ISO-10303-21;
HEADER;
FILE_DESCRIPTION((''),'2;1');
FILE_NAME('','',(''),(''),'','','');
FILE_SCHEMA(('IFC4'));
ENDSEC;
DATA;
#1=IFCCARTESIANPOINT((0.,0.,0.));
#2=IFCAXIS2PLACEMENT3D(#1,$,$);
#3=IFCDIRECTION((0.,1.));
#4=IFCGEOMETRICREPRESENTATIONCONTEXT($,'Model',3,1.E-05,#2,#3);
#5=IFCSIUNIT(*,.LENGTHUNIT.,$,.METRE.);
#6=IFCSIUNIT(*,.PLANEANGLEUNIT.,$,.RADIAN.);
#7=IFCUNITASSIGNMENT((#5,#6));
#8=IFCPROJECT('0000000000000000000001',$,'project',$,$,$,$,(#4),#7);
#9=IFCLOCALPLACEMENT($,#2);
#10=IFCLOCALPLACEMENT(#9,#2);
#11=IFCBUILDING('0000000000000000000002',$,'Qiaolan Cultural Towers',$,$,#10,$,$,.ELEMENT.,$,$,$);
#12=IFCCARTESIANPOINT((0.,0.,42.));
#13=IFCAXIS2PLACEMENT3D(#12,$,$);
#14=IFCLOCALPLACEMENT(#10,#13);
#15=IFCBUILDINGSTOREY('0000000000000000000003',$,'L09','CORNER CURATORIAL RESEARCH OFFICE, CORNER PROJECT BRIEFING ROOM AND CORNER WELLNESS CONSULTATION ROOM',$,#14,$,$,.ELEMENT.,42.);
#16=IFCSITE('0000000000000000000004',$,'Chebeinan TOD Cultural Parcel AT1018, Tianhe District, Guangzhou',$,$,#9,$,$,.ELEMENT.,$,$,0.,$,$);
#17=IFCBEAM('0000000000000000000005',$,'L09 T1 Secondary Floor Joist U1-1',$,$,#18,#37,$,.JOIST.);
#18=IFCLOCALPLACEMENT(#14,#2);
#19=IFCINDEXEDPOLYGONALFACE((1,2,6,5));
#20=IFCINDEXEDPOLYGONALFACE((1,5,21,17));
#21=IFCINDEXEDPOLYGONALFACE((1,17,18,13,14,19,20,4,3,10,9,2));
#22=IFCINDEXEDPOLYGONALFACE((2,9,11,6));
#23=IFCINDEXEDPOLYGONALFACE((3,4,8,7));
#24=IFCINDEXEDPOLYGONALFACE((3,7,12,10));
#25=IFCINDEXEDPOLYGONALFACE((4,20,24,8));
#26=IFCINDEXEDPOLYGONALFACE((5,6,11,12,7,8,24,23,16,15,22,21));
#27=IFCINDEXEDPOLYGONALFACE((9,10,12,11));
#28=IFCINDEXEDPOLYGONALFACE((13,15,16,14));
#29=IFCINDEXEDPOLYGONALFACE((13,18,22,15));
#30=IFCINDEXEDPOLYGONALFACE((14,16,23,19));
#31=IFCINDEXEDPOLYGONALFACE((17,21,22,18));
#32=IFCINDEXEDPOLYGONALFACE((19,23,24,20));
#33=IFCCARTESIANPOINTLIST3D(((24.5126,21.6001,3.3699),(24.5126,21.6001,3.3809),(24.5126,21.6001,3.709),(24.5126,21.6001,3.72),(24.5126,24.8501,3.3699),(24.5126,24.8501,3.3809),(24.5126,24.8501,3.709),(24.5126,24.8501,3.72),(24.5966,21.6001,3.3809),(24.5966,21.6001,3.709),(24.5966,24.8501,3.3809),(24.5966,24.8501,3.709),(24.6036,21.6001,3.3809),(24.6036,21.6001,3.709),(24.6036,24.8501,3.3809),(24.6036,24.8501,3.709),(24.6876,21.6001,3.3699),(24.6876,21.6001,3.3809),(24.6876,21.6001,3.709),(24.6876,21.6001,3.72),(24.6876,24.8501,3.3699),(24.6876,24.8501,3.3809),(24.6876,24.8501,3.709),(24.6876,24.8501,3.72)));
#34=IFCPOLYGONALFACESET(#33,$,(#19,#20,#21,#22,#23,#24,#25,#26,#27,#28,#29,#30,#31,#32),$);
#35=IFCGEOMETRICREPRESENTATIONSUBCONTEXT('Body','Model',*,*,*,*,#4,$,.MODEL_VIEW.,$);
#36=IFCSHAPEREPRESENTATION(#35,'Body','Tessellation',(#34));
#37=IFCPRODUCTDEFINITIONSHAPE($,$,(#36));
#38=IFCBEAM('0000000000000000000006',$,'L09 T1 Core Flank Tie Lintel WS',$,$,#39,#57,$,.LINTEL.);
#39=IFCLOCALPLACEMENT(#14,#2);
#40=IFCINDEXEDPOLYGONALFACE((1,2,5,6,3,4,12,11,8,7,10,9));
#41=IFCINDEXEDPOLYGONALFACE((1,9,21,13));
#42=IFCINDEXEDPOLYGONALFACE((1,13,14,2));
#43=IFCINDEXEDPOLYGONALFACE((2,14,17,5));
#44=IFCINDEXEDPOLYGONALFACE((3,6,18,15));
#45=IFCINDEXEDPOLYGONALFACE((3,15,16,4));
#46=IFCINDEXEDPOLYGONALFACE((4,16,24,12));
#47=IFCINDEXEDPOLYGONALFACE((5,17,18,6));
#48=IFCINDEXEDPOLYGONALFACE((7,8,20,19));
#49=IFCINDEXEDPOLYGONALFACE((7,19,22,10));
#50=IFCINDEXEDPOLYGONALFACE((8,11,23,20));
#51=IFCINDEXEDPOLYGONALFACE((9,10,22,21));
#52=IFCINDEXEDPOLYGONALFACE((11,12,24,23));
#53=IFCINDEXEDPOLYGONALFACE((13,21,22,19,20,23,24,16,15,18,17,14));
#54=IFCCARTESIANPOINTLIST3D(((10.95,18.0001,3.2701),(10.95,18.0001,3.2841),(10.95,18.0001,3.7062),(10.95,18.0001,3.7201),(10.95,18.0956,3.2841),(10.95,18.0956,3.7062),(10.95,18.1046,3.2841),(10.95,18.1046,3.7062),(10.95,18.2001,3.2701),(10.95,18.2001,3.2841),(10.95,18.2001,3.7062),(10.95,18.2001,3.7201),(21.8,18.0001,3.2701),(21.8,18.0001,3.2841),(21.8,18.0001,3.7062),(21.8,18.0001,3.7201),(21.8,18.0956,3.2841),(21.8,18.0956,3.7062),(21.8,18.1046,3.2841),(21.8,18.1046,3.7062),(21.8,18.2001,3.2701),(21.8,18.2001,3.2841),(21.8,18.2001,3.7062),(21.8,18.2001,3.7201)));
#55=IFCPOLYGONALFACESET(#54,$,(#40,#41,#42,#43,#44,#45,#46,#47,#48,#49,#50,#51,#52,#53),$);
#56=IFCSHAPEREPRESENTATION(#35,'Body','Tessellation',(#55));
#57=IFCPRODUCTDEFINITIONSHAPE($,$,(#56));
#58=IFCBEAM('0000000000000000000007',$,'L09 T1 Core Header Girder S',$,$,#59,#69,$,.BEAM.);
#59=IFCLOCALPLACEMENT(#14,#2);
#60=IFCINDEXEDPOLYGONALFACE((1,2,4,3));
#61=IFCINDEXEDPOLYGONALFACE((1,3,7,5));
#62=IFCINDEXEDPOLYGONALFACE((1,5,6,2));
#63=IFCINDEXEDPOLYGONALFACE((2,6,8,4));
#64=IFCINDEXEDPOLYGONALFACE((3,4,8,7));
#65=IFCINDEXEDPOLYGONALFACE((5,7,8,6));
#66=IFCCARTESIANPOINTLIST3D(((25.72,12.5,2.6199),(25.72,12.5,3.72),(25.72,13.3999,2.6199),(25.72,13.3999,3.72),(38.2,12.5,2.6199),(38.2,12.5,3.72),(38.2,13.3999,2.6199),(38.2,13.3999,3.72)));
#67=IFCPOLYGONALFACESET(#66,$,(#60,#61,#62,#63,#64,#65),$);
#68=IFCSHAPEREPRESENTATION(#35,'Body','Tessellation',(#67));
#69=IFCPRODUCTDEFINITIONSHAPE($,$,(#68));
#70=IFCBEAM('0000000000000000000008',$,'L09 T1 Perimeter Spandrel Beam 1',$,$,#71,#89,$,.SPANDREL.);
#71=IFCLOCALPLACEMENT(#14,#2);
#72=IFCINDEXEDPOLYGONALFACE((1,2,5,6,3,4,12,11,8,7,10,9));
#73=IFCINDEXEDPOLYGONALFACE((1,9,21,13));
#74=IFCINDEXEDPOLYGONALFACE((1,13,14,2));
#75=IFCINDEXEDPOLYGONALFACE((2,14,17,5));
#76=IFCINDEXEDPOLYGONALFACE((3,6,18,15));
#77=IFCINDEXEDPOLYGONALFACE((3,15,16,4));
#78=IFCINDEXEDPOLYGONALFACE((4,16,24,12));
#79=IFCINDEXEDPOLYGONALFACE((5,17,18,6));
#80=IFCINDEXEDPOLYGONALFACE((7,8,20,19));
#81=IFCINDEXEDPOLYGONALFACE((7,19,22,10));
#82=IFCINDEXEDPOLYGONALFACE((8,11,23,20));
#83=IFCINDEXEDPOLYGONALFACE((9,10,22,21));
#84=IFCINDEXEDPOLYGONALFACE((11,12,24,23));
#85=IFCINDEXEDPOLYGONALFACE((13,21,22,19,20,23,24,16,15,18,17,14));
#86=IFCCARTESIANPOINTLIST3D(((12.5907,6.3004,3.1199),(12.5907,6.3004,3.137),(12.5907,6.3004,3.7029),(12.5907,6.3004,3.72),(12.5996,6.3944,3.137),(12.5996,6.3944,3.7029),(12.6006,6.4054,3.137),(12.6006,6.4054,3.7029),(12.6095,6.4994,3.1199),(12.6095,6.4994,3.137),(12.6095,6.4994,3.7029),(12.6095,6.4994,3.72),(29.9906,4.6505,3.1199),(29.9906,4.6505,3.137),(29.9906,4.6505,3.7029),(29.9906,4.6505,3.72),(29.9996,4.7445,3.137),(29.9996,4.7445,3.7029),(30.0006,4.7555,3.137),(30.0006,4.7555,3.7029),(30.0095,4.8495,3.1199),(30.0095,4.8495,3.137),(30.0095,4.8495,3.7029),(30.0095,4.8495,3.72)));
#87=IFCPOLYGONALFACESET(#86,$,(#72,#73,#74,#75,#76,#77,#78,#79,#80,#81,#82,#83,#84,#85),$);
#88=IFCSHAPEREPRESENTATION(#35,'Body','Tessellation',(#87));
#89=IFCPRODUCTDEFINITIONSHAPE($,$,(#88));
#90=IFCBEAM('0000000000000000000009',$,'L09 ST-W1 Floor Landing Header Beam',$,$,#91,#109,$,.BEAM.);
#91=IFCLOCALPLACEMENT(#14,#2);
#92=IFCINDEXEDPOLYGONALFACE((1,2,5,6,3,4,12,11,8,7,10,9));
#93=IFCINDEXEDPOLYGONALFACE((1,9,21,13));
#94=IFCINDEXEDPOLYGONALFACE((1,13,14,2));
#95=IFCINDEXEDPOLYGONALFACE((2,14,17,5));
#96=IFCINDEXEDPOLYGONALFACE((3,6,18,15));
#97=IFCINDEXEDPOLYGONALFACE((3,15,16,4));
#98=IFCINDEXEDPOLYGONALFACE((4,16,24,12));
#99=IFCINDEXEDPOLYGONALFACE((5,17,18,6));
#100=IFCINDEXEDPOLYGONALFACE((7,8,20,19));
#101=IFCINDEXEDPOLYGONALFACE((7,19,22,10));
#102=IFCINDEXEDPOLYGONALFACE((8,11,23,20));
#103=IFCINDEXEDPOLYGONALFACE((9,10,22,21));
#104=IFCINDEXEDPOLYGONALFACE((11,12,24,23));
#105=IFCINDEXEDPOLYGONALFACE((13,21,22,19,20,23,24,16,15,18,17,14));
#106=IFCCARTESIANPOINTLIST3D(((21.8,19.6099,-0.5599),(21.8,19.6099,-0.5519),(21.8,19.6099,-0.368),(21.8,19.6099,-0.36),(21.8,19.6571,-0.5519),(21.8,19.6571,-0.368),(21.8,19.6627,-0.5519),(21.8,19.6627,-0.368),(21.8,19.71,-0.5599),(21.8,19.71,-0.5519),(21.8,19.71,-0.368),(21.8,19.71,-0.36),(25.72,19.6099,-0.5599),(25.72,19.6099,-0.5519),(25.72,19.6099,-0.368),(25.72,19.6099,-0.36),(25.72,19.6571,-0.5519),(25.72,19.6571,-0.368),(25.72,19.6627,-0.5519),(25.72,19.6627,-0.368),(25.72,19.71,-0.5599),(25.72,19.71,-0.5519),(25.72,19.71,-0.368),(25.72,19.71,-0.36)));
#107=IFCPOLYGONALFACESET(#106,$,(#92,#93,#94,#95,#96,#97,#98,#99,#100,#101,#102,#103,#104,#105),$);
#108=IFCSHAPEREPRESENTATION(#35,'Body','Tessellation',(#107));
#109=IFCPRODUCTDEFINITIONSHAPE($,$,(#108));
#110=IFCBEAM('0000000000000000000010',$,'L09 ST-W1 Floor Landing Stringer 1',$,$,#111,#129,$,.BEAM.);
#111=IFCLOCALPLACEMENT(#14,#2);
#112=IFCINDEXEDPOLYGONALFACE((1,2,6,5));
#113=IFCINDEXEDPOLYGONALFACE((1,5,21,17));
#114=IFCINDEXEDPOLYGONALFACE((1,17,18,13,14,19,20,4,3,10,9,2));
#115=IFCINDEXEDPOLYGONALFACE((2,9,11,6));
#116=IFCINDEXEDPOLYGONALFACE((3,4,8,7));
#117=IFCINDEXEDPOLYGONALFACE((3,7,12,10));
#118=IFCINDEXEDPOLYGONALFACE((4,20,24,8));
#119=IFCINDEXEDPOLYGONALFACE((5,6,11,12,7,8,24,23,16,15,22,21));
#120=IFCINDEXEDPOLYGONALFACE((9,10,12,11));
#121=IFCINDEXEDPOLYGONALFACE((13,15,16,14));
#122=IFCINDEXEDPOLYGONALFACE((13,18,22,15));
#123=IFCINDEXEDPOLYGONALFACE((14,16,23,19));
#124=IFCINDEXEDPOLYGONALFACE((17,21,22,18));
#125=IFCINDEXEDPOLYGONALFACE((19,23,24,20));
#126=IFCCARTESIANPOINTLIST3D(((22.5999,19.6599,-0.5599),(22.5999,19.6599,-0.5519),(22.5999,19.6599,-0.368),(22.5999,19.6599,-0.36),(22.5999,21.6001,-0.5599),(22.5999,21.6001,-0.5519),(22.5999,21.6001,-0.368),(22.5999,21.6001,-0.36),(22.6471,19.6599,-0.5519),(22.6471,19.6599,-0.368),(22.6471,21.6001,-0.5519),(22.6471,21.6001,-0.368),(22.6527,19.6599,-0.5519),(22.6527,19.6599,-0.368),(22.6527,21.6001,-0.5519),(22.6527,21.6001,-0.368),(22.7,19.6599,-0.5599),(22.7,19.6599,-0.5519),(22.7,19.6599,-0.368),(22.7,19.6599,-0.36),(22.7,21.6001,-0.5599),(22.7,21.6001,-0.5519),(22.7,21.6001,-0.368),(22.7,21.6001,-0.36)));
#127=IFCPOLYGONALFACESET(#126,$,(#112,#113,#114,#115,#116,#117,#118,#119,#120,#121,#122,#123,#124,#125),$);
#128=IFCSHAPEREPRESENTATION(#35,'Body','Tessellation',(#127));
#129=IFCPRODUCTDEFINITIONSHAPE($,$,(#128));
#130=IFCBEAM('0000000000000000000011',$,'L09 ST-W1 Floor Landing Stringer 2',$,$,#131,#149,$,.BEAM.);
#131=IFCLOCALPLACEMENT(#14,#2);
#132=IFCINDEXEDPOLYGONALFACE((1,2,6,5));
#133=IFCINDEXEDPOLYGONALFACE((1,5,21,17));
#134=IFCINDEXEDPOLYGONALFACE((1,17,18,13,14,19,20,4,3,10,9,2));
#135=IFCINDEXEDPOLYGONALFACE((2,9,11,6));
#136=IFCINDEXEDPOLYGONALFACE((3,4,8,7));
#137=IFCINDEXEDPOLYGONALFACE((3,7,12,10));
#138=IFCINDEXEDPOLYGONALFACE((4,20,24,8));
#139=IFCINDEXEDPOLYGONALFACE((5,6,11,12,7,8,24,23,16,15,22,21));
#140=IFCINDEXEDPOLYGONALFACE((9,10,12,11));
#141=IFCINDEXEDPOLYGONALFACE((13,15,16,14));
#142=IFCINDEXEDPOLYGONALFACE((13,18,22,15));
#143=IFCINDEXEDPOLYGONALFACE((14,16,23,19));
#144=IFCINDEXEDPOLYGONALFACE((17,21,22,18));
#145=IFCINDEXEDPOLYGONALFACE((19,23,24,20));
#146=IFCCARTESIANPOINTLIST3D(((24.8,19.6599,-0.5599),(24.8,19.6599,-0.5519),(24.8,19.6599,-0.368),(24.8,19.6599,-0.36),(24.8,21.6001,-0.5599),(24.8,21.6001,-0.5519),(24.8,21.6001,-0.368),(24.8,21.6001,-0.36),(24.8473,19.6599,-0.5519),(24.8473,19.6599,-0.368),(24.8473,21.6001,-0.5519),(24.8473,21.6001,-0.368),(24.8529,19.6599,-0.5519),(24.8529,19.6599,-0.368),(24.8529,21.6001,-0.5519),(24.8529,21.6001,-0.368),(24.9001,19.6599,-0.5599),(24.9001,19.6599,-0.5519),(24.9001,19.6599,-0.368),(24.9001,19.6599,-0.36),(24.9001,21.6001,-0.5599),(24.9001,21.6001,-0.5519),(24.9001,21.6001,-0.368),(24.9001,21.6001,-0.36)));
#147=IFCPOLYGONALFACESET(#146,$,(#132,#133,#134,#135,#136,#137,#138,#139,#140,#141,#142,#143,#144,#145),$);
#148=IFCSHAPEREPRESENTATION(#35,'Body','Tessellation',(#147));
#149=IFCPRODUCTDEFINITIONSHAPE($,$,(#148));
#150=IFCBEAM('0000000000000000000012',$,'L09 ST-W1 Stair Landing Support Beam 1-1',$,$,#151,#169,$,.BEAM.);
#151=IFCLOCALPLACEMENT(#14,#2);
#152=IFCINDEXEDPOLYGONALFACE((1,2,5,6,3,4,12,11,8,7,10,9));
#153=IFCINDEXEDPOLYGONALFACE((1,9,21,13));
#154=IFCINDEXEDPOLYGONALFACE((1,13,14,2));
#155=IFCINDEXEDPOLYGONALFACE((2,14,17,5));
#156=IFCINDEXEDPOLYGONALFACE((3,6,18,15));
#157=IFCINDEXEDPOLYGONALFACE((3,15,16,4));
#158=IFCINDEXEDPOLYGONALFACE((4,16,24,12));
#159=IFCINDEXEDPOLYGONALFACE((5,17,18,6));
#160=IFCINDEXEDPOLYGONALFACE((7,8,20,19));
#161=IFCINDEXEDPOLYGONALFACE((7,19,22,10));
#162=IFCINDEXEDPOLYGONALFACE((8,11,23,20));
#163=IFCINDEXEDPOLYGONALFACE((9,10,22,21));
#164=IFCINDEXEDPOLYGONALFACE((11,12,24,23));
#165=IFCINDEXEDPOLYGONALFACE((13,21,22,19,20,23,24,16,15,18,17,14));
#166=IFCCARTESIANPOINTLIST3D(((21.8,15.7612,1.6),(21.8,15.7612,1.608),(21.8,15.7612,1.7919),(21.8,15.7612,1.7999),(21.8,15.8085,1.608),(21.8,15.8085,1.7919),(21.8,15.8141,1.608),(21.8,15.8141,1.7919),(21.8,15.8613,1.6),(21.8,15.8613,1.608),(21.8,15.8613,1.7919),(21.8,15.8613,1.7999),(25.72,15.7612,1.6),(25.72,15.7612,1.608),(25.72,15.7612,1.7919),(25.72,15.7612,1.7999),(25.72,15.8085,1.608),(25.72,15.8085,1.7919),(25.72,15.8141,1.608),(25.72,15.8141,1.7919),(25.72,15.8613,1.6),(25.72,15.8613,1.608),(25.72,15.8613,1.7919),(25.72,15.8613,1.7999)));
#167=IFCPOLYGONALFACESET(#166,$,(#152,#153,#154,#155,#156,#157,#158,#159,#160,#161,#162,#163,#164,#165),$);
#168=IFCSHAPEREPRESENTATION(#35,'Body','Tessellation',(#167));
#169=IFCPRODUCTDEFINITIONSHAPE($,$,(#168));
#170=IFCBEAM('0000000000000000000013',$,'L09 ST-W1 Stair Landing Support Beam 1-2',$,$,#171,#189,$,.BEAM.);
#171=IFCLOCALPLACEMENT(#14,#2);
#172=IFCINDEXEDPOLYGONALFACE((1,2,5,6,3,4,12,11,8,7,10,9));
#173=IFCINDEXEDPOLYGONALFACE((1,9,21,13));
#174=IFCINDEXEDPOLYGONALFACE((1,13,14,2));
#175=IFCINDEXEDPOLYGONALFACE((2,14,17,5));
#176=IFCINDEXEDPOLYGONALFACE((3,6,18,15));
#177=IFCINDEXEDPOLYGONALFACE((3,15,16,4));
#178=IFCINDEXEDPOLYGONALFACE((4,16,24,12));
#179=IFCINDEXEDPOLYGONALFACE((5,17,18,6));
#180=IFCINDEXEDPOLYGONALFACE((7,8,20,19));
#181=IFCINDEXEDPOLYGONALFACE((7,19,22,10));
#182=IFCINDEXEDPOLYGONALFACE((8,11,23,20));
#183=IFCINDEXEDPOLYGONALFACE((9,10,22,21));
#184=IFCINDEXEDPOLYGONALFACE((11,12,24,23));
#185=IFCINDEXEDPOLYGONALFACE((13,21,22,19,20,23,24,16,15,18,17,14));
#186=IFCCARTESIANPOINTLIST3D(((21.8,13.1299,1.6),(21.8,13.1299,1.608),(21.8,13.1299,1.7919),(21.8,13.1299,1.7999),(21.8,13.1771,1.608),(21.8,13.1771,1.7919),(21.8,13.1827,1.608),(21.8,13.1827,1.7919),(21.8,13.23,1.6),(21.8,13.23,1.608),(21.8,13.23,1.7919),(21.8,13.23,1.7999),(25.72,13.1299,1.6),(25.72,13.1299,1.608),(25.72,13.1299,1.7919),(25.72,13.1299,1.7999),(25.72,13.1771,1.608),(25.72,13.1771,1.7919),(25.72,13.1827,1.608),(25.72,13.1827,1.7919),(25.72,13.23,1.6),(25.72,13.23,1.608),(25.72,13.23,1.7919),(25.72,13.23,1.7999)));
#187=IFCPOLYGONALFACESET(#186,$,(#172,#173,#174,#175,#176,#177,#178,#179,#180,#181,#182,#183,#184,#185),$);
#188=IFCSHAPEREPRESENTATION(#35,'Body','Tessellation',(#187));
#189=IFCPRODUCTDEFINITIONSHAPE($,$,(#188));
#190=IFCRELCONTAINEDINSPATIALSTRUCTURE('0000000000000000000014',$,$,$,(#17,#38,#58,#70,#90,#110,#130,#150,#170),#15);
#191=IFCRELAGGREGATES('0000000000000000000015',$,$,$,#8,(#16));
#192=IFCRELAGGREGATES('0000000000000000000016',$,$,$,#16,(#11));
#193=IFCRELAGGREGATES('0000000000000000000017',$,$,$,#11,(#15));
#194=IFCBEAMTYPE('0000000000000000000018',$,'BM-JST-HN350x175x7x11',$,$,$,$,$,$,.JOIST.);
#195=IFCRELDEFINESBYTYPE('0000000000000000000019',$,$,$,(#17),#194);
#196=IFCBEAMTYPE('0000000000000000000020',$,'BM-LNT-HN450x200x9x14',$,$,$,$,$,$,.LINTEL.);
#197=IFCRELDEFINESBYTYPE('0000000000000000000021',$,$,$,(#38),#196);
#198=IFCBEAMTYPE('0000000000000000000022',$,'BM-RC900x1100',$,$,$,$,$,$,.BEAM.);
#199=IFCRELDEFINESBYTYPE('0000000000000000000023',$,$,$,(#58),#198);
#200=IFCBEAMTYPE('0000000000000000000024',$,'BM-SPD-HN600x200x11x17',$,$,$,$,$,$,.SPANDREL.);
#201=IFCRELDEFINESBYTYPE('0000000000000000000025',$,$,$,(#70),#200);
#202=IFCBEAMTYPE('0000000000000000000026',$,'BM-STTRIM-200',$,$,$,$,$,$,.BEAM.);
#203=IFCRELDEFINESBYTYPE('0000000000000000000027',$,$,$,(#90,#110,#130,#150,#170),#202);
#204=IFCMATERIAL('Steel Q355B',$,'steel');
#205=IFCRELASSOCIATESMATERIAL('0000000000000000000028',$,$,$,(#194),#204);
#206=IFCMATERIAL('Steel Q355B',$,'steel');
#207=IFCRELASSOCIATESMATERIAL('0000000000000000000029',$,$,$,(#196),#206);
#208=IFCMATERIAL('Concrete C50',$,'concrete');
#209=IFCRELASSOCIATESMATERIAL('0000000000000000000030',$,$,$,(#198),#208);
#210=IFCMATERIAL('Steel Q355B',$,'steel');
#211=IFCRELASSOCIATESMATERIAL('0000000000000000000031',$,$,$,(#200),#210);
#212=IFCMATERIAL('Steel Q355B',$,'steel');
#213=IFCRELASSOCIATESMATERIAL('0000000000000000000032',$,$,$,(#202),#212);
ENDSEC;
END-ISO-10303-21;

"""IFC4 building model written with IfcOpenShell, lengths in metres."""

from ifc_helpers import new_model, si_unit, direction, frame, origin, origin_2d, place, context, subcontext, project, spatial, rectangle, i_section, extrude, material, material_profile, profile_set, type_object, element, save


model = new_model("IFC4")

# Units and contexts
model_context = context("Model", 3, precision=1e-05, world=origin(), true_north=direction((0.0, 1.0)))
body_context = subcontext(model_context, "Body", "Model", "MODEL_VIEW")
ifc_project = project(units=[si_unit("LENGTHUNIT", "METRE"), si_unit("PLANEANGLEUNIT", "RADIAN")], contexts=[model_context])

# Site, building, storey
site_placement = place(None, origin())
site = spatial("IfcSite", under=ifc_project, at=site_placement, Name="Chebeinan TOD Cultural Parcel AT1018, Tianhe District, Guangzhou", CompositionType="ELEMENT", RefElevation=0.0)
building_placement = place(site_placement, origin())
building = spatial("IfcBuilding", under=site, at=building_placement, Name="Qiaolan Cultural Towers", CompositionType="ELEMENT")
storey_placement = place(building_placement, frame((0.0, 0.0, 42.0)))
storey = spatial("IfcBuildingStorey", under=building, at=storey_placement, Name="L09", Description="CORNER CURATORIAL RESEARCH OFFICE, CORNER PROJECT BRIEFING ROOM AND CORNER WELLNESS CONSULTATION ROOM", CompositionType="ELEMENT", Elevation=42.0)

# Beams
ifc_material_1 = material(Name="Steel Q355B", Category="steel")
ifc_material_profile_1 = material_profile(ifc_material_1, i_section(OverallWidth=0.175, OverallDepth=0.3501, WebThickness=0.0071, FlangeThickness=0.011, at=origin_2d()), Name="HN350x175x7x11")
ifc_profile_set_1 = profile_set([ifc_material_profile_1], Name="Steel Q355B")
beam_type_1 = type_object("IfcBeamType", Name="BM-JST-HN350x175x7x11", PredefinedType="JOIST", material=ifc_profile_set_1)
beam_1_placement = place(storey_placement, frame((24.6001, 21.6001, 3.5449), z_axis=(0.0, 1.0, 0.0), x_axis=(-1.0, 0.0, 0.0)))
element("IfcBeam", 1, at=beam_1_placement, inside=storey, type_object=beam_type_1, Name="L09 T1 Secondary Floor Joist U1-1", PredefinedType="JOIST", context=body_context, shape_type="SweptSolid", body=[
    extrude(i_section(OverallWidth=0.175, OverallDepth=0.3501, WebThickness=0.0071, FlangeThickness=0.011, at=origin_2d()), origin(), (0.0, 0.0, 1.0), 3.25),
])
ifc_material_2 = material(Name="Steel Q355B", Category="steel")
ifc_material_profile_2 = material_profile(ifc_material_2, i_section(OverallWidth=0.2, OverallDepth=0.45, WebThickness=0.009, FlangeThickness=0.0139, at=origin_2d()), Name="HN450x200x9x14")
ifc_profile_set_2 = profile_set([ifc_material_profile_2], Name="Steel Q355B")
beam_type_2 = type_object("IfcBeamType", Name="BM-LNT-HN450x200x9x14", PredefinedType="LINTEL", material=ifc_profile_set_2)
beam_2_placement = place(storey_placement, frame((21.8, 18.1001, 3.4951), z_axis=(-1.0, 0.0, 0.0), x_axis=(0.0, -1.0, 0.0)))
element("IfcBeam", 2, at=beam_2_placement, inside=storey, type_object=beam_type_2, Name="L09 T1 Core Flank Tie Lintel WS", PredefinedType="LINTEL", context=body_context, shape_type="SweptSolid", body=[
    extrude(i_section(OverallWidth=0.2, OverallDepth=0.45, WebThickness=0.009, FlangeThickness=0.0139, at=origin_2d()), origin(), (0.0, 0.0, 1.0), 10.8501),
])
ifc_material_3 = material(Name="Concrete C50", Category="concrete")
ifc_material_profile_3 = material_profile(ifc_material_3, rectangle(XDim=0.8999, YDim=1.1001, at=origin_2d()), Name="RC900x1100")
ifc_profile_set_3 = profile_set([ifc_material_profile_3], Name="Concrete C50")
beam_type_3 = type_object("IfcBeamType", Name="BM-RC900x1100", PredefinedType="BEAM", material=ifc_profile_set_3)
beam_3_placement = place(storey_placement, frame((25.72, 12.95, 3.1699), z_axis=(1.0, 0.0, 0.0), x_axis=(0.0, 1.0, 0.0)))
element("IfcBeam", 3, at=beam_3_placement, inside=storey, type_object=beam_type_3, Name="L09 T1 Core Header Girder S", PredefinedType="BEAM", context=body_context, shape_type="SweptSolid", body=[
    extrude(rectangle(XDim=0.8999, YDim=1.1001, at=origin_2d()), origin(), (0.0, 0.0, 1.0), 12.48),
])
ifc_material_4 = material(Name="Steel Q355B", Category="steel")
ifc_material_profile_4 = material_profile(ifc_material_4, i_section(OverallWidth=0.2, OverallDepth=0.6001, WebThickness=0.011, FlangeThickness=0.0171, at=origin_2d()), Name="HN600x200x11x17")
ifc_profile_set_4 = profile_set([ifc_material_profile_4], Name="Steel Q355B")
beam_type_4 = type_object("IfcBeamType", Name="BM-SPD-HN600x200x11x17", PredefinedType="SPANDREL", material=ifc_profile_set_4)
beam_4_placement = place(storey_placement, frame((12.6001, 6.3999, 3.4199), z_axis=(0.995534, -0.094399, 0.0), x_axis=(0.094399, 0.995534, 0.0)))
element("IfcBeam", 4, at=beam_4_placement, inside=storey, type_object=beam_type_4, Name="L09 T1 Perimeter Spandrel Beam 1", PredefinedType="SPANDREL", context=body_context, shape_type="SweptSolid", body=[
    extrude(i_section(OverallWidth=0.2, OverallDepth=0.6001, WebThickness=0.011, FlangeThickness=0.0171, at=origin_2d()), origin(), (0.0, 0.0, 1.0), 17.478),
])
ifc_material_5 = material(Name="Steel Q355B", Category="steel")
ifc_material_profile_5 = material_profile(ifc_material_5, i_section(OverallWidth=0.1001, OverallDepth=0.2, WebThickness=0.0056, FlangeThickness=0.0081, at=origin_2d()), Name="HN200x100x5.5x8")
ifc_profile_set_5 = profile_set([ifc_material_profile_5], Name="Steel Q355B")
beam_type_5 = type_object("IfcBeamType", Name="BM-STTRIM-200", PredefinedType="BEAM", material=ifc_profile_set_5)
beam_5_placement = place(storey_placement, frame((21.8, 19.6599, -0.46), z_axis=(1.0, 0.0, 0.0), x_axis=(0.0, 1.0, 0.0)))
element("IfcBeam", 5, at=beam_5_placement, inside=storey, type_object=beam_type_5, Name="L09 ST-W1 Floor Landing Header Beam", PredefinedType="BEAM", context=body_context, shape_type="SweptSolid", body=[
    extrude(i_section(OverallWidth=0.1001, OverallDepth=0.2, WebThickness=0.0056, FlangeThickness=0.0081, at=origin_2d()), origin(), (0.0, 0.0, 1.0), 3.9199),
])
for number, where, z_axis, x_axis, name in (
    (6, (22.6499, 21.6001, -0.46), (0.0, -1.0, 0.0), (1.0, 0.0, 0.0), "L09 ST-W1 Floor Landing Stringer 1"),
    (7, (24.8501, 21.6001, -0.46), (0.0, -1.0, 0.0), (1.0, 0.0, 0.0), "L09 ST-W1 Floor Landing Stringer 2"),
):
    element("IfcBeam", number, at=place(storey_placement, frame(where, z_axis=z_axis, x_axis=x_axis)), inside=storey, type_object=beam_type_5, Name=name, PredefinedType="BEAM", context=body_context, shape_type="SweptSolid", body=[
        extrude(i_section(OverallWidth=0.1001, OverallDepth=0.2, WebThickness=0.0056, FlangeThickness=0.0081, at=origin_2d()), origin(), (0.0, 0.0, 1.0), 1.9402),
    ])
for number, where, z_axis, x_axis, name in (
    (8, (21.8, 15.8113, 1.7), (1.0, 0.0, 0.0), (0.0, 1.0, 0.0), "L09 ST-W1 Stair Landing Support Beam 1-1"),
    (9, (21.8, 13.1799, 1.7), (1.0, 0.0, 0.0), (0.0, 1.0, 0.0), "L09 ST-W1 Stair Landing Support Beam 1-2"),
):
    element("IfcBeam", number, at=place(storey_placement, frame(where, z_axis=z_axis, x_axis=x_axis)), inside=storey, type_object=beam_type_5, Name=name, PredefinedType="BEAM", context=body_context, shape_type="SweptSolid", body=[
        extrude(i_section(OverallWidth=0.1001, OverallDepth=0.2, WebThickness=0.0056, FlangeThickness=0.0081, at=origin_2d()), origin(), (0.0, 0.0, 1.0), 3.9199),
    ])

save(model, "model.ifc")
